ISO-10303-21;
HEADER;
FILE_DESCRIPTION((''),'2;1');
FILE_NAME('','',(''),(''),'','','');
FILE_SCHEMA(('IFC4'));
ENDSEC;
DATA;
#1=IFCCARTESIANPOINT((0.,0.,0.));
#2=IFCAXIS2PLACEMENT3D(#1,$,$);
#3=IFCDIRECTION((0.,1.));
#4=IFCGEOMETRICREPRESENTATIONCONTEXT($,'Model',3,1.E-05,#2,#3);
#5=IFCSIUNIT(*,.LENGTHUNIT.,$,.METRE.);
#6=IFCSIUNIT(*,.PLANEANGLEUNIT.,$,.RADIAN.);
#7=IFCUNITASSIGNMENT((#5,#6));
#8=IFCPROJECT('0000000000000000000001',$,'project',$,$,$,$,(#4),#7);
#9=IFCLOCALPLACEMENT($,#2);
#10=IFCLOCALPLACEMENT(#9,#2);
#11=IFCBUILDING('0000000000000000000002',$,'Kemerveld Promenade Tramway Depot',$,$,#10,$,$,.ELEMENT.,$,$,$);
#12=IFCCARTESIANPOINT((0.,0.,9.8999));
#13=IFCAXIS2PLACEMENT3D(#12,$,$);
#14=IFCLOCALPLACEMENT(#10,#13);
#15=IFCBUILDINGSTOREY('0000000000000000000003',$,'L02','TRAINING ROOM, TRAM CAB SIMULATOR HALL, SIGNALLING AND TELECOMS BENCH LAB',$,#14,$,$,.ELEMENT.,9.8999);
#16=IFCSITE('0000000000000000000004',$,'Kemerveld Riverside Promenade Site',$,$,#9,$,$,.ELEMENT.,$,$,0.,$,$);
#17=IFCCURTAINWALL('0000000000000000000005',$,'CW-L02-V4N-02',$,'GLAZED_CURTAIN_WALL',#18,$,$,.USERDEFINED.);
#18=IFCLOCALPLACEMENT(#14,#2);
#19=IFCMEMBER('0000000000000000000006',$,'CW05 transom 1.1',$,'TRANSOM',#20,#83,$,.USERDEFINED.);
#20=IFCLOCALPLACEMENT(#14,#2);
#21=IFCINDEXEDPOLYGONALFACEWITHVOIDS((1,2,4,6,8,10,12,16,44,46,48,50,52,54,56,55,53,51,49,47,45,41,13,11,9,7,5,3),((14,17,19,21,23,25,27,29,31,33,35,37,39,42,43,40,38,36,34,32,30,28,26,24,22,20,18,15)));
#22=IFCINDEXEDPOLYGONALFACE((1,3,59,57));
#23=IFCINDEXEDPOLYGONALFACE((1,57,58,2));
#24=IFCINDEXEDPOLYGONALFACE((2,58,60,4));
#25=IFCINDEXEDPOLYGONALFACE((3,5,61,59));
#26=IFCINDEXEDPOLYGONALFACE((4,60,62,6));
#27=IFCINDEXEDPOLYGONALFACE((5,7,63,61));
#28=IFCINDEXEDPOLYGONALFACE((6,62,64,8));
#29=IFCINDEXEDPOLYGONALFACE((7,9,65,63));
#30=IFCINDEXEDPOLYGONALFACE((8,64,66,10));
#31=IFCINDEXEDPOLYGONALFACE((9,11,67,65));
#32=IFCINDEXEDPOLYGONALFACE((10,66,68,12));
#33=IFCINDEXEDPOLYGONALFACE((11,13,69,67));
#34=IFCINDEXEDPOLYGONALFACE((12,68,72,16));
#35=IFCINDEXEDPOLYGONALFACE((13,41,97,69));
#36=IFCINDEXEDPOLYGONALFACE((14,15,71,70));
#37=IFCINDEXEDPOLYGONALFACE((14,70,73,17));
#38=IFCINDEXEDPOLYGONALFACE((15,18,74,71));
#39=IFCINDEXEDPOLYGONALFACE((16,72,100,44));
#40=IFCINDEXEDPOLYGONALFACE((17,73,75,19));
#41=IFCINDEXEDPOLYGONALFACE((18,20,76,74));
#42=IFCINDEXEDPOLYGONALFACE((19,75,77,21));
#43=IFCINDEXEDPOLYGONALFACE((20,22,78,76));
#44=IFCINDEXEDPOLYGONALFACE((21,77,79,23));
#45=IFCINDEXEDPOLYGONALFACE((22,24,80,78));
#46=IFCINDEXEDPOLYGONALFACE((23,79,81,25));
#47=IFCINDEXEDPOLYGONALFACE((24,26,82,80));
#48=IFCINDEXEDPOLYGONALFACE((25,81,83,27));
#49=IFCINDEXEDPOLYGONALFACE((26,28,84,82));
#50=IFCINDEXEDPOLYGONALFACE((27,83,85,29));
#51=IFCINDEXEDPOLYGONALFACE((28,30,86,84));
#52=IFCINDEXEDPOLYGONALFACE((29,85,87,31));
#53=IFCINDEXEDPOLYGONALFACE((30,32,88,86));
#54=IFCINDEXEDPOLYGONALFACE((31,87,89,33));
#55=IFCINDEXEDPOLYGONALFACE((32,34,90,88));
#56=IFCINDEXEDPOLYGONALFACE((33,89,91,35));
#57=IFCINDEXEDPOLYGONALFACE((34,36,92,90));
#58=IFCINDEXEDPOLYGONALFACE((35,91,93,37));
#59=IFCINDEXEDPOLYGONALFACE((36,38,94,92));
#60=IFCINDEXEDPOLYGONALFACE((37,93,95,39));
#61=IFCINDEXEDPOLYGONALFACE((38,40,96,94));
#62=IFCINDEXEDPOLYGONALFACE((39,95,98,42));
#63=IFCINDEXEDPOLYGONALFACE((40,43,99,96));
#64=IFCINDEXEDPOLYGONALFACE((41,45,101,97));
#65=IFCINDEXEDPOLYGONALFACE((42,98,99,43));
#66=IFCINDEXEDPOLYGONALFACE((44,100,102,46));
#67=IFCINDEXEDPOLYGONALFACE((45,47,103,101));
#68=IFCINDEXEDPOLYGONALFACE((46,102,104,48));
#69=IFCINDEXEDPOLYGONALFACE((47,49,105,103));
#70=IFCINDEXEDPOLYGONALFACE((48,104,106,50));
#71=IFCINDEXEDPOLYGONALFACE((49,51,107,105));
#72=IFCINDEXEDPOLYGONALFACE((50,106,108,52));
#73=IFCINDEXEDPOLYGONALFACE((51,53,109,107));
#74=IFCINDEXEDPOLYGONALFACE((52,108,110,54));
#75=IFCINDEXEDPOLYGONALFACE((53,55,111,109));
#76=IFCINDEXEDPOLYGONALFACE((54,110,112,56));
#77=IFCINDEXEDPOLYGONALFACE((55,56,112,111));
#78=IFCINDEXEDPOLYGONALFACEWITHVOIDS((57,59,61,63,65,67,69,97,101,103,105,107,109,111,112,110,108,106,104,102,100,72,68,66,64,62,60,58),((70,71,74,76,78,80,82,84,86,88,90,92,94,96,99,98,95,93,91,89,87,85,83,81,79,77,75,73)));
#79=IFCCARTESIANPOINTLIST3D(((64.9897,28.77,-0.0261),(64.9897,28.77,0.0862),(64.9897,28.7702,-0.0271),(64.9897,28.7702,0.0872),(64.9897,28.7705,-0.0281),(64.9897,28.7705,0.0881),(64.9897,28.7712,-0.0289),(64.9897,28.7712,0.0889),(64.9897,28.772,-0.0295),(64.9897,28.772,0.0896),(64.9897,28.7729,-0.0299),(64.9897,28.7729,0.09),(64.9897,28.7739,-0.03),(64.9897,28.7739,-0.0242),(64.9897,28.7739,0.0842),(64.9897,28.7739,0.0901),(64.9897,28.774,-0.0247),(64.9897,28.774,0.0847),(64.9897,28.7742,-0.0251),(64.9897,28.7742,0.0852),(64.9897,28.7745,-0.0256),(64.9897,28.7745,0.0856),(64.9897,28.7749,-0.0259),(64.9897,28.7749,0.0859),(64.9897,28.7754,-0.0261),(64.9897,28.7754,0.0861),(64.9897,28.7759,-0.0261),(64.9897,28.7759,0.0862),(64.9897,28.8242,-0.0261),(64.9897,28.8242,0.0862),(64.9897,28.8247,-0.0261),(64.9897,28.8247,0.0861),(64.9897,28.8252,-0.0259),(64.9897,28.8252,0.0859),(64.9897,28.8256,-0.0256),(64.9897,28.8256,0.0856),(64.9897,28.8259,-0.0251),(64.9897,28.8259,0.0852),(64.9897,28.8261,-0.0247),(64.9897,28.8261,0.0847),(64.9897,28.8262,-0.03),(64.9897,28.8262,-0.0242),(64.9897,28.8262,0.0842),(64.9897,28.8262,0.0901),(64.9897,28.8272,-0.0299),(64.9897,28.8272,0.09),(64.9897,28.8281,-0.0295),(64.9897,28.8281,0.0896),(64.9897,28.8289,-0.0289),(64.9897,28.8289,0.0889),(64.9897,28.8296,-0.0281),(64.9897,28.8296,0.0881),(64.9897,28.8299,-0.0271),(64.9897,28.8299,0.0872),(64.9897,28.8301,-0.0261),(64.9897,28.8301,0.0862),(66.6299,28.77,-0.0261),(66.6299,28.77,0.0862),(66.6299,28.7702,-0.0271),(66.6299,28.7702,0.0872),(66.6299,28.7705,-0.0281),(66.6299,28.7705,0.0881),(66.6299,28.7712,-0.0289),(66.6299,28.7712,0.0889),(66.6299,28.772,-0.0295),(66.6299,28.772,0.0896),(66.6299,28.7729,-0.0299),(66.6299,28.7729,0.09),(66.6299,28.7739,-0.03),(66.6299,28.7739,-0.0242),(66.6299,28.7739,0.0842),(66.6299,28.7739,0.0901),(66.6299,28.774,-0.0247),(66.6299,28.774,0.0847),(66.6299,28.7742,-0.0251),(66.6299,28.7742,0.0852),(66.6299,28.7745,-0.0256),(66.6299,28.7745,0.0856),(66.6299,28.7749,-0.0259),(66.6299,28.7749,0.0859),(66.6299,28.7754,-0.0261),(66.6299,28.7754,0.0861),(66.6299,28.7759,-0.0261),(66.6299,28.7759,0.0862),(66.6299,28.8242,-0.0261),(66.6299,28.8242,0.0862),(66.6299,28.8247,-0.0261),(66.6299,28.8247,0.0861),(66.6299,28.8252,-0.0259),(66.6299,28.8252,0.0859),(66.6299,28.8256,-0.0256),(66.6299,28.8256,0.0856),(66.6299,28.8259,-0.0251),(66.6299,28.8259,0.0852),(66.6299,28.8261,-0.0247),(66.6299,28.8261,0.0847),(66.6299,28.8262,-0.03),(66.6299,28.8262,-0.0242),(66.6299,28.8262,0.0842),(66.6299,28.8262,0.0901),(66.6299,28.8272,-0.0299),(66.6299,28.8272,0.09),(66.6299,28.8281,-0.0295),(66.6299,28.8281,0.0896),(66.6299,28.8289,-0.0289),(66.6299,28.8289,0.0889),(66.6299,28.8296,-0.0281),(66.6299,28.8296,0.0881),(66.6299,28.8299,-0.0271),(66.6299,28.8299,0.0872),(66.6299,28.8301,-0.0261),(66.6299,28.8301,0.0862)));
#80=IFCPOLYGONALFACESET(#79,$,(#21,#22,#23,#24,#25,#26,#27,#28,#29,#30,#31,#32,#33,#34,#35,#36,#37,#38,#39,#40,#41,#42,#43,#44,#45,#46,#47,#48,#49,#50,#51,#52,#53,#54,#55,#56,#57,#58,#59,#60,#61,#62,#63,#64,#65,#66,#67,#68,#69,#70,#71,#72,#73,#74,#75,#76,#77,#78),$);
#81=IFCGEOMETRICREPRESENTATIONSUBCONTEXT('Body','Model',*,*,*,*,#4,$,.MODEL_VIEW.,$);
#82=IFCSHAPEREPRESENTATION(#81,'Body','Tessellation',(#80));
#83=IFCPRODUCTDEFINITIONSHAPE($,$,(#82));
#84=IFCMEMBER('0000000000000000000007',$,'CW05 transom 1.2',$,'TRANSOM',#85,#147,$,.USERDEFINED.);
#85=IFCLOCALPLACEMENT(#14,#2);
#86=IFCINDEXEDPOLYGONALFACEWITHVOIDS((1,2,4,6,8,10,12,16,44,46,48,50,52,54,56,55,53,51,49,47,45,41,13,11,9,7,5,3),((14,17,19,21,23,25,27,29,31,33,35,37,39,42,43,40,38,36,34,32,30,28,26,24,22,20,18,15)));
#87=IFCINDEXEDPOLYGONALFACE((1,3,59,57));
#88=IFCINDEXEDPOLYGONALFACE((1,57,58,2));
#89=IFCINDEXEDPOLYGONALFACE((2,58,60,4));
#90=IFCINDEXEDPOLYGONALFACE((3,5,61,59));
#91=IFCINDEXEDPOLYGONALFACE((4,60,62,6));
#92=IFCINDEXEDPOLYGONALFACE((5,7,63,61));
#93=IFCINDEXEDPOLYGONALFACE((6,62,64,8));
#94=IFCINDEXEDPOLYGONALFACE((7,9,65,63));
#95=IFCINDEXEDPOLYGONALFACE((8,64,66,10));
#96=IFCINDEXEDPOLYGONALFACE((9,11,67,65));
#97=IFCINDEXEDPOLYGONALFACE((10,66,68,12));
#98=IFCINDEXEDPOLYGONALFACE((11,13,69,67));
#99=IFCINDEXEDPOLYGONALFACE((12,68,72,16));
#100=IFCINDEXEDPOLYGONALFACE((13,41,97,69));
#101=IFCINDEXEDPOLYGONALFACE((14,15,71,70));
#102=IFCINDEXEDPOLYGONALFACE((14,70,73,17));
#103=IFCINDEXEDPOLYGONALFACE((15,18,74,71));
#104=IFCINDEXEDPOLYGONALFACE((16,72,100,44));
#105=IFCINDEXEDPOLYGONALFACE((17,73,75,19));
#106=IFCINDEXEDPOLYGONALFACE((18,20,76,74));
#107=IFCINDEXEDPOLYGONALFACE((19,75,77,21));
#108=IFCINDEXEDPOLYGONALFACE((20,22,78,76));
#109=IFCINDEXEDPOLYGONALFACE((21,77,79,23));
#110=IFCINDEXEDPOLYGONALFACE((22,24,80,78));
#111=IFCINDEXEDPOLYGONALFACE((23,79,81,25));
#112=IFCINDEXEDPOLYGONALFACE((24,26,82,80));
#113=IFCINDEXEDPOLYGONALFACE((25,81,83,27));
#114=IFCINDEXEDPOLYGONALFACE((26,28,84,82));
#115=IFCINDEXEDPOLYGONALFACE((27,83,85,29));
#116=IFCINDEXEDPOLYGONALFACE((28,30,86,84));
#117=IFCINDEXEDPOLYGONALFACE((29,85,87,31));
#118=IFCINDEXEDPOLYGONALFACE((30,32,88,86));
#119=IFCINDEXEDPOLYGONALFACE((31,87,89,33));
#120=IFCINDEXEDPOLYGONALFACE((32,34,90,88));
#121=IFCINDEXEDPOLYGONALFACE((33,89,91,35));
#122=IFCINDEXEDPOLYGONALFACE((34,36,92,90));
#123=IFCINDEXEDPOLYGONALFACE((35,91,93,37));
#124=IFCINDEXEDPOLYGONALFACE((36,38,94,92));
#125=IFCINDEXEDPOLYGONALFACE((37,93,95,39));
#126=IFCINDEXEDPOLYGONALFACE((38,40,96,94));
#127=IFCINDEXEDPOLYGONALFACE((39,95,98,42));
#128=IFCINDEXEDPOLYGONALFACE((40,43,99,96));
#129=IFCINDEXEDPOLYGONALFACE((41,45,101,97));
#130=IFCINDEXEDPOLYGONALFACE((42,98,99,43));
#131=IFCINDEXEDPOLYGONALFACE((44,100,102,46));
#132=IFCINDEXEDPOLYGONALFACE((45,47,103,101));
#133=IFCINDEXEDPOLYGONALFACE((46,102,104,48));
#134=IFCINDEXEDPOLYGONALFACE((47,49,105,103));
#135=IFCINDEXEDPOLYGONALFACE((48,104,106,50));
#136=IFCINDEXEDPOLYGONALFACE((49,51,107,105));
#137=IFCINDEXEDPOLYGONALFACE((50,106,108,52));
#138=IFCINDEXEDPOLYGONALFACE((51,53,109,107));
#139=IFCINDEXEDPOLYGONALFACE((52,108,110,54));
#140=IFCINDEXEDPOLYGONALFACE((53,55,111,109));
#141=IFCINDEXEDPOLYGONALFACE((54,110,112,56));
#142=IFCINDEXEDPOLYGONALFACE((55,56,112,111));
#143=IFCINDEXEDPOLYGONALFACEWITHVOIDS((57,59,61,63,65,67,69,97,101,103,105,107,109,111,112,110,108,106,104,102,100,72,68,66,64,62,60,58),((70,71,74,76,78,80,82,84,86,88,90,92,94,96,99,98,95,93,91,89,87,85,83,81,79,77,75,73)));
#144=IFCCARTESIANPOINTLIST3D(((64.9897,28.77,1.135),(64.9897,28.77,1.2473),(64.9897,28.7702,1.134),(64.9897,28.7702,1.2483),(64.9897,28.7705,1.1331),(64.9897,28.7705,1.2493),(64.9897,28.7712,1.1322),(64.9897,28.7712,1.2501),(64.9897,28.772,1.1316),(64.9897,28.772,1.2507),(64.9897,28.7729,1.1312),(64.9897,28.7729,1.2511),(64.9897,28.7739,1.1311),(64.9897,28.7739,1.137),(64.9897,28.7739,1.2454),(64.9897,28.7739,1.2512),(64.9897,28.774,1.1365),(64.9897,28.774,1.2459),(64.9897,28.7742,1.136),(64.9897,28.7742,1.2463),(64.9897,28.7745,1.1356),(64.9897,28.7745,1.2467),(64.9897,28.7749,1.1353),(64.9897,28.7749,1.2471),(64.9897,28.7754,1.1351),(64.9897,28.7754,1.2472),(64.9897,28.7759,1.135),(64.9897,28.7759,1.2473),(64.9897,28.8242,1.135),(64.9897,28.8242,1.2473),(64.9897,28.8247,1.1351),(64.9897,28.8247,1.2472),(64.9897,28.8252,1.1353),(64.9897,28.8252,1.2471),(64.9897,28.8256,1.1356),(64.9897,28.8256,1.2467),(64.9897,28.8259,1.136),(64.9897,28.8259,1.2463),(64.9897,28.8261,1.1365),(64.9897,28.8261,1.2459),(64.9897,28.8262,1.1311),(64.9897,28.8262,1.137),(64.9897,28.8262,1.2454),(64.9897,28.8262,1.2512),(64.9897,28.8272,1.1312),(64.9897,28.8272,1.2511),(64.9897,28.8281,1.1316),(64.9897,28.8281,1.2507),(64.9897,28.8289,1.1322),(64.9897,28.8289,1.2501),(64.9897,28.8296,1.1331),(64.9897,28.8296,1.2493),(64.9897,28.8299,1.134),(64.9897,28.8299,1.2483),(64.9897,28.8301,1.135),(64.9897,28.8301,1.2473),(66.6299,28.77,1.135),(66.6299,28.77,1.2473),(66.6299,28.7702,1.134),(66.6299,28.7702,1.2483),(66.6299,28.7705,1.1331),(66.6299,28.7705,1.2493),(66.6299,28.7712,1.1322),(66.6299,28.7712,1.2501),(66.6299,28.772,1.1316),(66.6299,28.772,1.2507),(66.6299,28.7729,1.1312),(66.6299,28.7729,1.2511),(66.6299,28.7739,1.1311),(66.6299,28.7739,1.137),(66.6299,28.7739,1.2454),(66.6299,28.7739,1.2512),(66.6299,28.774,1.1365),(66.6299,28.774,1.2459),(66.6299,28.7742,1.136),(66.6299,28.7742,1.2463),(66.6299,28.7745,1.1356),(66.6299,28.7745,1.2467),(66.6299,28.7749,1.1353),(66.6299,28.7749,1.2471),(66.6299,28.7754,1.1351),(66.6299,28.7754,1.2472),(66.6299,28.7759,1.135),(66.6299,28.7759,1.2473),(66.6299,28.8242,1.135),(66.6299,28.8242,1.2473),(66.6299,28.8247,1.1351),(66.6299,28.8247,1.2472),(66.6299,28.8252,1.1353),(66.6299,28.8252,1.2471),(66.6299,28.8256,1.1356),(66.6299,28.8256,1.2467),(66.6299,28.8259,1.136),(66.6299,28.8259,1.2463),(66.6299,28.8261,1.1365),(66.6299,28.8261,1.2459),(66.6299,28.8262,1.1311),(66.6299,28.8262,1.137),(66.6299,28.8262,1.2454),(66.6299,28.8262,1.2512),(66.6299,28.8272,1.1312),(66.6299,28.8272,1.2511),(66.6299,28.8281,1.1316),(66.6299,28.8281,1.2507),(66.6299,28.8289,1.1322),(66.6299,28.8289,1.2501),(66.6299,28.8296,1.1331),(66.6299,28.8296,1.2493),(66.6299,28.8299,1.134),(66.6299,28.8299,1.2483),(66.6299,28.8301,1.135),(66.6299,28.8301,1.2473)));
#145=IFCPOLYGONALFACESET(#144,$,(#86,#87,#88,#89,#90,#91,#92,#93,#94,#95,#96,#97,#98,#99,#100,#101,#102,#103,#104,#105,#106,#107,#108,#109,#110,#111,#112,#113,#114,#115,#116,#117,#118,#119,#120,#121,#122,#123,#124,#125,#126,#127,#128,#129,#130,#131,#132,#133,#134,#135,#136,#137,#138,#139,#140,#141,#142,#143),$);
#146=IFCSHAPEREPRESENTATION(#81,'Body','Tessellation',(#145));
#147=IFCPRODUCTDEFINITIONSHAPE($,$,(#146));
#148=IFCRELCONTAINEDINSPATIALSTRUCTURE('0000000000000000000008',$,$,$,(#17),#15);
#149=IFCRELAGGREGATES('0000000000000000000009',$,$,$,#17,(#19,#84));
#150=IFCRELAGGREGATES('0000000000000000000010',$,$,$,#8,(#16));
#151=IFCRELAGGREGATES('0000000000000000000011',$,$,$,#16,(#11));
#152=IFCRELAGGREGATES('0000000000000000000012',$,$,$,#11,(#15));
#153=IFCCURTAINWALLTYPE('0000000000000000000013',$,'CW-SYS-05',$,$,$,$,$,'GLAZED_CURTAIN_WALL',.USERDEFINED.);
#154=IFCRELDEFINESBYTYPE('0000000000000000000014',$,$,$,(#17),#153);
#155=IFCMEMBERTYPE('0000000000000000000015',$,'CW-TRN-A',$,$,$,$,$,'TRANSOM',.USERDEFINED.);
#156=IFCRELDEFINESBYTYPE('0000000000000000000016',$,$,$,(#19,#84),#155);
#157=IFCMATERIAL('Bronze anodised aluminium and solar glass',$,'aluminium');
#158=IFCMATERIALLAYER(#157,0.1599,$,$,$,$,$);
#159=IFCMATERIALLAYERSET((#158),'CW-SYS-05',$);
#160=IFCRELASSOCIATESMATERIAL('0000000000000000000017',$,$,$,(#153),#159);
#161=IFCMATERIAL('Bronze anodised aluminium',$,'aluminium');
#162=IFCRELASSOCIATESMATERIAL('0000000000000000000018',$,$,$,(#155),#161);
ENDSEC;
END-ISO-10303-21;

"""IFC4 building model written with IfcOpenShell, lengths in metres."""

from ifc_helpers import new_model, si_unit, direction, frame, origin, origin_2d, place, context, subcontext, project, spatial, hollow_rectangle, extrude, material, layer, layer_set, material_profile, profile_set, type_object, element, aggregate, save


model = new_model("IFC4")

# Units and contexts
model_context = context("Model", 3, precision=1e-05, world=origin(), true_north=direction((0.0, 1.0)))
body_context = subcontext(model_context, "Body", "Model", "MODEL_VIEW")
ifc_project = project(units=[si_unit("LENGTHUNIT", "METRE"), si_unit("PLANEANGLEUNIT", "RADIAN")], contexts=[model_context])

# Site, building, storey
site_placement = place(None, origin())
site = spatial("IfcSite", under=ifc_project, at=site_placement, Name="Kemerveld Riverside Promenade Site", CompositionType="ELEMENT", RefElevation=0.0)
building_placement = place(site_placement, origin())
building = spatial("IfcBuilding", under=site, at=building_placement, Name="Kemerveld Promenade Tramway Depot", CompositionType="ELEMENT")
storey_placement = place(building_placement, frame((0.0, 0.0, 9.8999)))
storey = spatial("IfcBuildingStorey", under=building, at=storey_placement, Name="L02", Description="TRAINING ROOM, TRAM CAB SIMULATOR HALL, SIGNALLING AND TELECOMS BENCH LAB", CompositionType="ELEMENT", Elevation=9.8999)

# Shared definitions
ifc_material_1 = material(Name="Bronze anodised aluminium and solar glass", Category="aluminium")
ifc_material_2 = material(Name="Bronze anodised aluminium", Category="aluminium")

# Curtain wall
ifc_layer_1 = layer(ifc_material_1, 0.1599)
ifc_layer_set_1 = layer_set([ifc_layer_1], Name="CW-SYS-05")
curtain_wall_type_1 = type_object("IfcCurtainWallType", Name="CW-SYS-05", ElementType="GLAZED_CURTAIN_WALL", PredefinedType="USERDEFINED", material=ifc_layer_set_1)
curtain_wall_1_placement = place(storey_placement, origin())
curtain_wall_1 = element("IfcCurtainWall", 1, at=curtain_wall_1_placement, inside=storey, type_object=curtain_wall_type_1, Name="CW-L02-V4N-02", ObjectType="GLAZED_CURTAIN_WALL", PredefinedType="USERDEFINED")

# Members
ifc_material_profile_1 = material_profile(ifc_material_2, hollow_rectangle(XDim=0.0601, YDim=0.1201, WallThickness=0.0039, InnerFilletRadius=0.002, OuterFilletRadius=0.0039, at=origin_2d()), Name="CW-TRN-120x60")
ifc_profile_set_1 = profile_set([ifc_material_profile_1], Name="Bronze anodised aluminium")
member_type_1 = type_object("IfcMemberType", Name="CW-TRN-A", ElementType="TRANSOM", PredefinedType="USERDEFINED", material=ifc_profile_set_1)
member_1_placement = place(storey_placement, frame((64.9897, 28.8, 0.03), z_axis=(1.0, 0.0, 0.0), x_axis=(0.0, 1.0, 0.0)))
member_1 = element("IfcMember", 2, at=member_1_placement, type_object=member_type_1, Name="CW05 transom 1.1", ObjectType="TRANSOM", PredefinedType="USERDEFINED", context=body_context, shape_type="SweptSolid", body=[
    extrude(hollow_rectangle(XDim=0.0601, YDim=0.1201, WallThickness=0.0039, InnerFilletRadius=0.002, OuterFilletRadius=0.0039, at=origin_2d()), origin(), (0.0, 0.0, 1.0), 1.6401),
])
member_2_placement = place(storey_placement, frame((64.9897, 28.8, 1.1912), z_axis=(1.0, 0.0, 0.0), x_axis=(0.0, 1.0, 0.0)))
member_2 = element("IfcMember", 3, at=member_2_placement, type_object=member_type_1, Name="CW05 transom 1.2", ObjectType="TRANSOM", PredefinedType="USERDEFINED", context=body_context, shape_type="SweptSolid", body=[
    extrude(hollow_rectangle(XDim=0.0601, YDim=0.1201, WallThickness=0.0039, InnerFilletRadius=0.002, OuterFilletRadius=0.0039, at=origin_2d()), origin(), (0.0, 0.0, 1.0), 1.6401),
])

aggregate(curtain_wall_1, [member_1, member_2])

save(model, "model.ifc")
